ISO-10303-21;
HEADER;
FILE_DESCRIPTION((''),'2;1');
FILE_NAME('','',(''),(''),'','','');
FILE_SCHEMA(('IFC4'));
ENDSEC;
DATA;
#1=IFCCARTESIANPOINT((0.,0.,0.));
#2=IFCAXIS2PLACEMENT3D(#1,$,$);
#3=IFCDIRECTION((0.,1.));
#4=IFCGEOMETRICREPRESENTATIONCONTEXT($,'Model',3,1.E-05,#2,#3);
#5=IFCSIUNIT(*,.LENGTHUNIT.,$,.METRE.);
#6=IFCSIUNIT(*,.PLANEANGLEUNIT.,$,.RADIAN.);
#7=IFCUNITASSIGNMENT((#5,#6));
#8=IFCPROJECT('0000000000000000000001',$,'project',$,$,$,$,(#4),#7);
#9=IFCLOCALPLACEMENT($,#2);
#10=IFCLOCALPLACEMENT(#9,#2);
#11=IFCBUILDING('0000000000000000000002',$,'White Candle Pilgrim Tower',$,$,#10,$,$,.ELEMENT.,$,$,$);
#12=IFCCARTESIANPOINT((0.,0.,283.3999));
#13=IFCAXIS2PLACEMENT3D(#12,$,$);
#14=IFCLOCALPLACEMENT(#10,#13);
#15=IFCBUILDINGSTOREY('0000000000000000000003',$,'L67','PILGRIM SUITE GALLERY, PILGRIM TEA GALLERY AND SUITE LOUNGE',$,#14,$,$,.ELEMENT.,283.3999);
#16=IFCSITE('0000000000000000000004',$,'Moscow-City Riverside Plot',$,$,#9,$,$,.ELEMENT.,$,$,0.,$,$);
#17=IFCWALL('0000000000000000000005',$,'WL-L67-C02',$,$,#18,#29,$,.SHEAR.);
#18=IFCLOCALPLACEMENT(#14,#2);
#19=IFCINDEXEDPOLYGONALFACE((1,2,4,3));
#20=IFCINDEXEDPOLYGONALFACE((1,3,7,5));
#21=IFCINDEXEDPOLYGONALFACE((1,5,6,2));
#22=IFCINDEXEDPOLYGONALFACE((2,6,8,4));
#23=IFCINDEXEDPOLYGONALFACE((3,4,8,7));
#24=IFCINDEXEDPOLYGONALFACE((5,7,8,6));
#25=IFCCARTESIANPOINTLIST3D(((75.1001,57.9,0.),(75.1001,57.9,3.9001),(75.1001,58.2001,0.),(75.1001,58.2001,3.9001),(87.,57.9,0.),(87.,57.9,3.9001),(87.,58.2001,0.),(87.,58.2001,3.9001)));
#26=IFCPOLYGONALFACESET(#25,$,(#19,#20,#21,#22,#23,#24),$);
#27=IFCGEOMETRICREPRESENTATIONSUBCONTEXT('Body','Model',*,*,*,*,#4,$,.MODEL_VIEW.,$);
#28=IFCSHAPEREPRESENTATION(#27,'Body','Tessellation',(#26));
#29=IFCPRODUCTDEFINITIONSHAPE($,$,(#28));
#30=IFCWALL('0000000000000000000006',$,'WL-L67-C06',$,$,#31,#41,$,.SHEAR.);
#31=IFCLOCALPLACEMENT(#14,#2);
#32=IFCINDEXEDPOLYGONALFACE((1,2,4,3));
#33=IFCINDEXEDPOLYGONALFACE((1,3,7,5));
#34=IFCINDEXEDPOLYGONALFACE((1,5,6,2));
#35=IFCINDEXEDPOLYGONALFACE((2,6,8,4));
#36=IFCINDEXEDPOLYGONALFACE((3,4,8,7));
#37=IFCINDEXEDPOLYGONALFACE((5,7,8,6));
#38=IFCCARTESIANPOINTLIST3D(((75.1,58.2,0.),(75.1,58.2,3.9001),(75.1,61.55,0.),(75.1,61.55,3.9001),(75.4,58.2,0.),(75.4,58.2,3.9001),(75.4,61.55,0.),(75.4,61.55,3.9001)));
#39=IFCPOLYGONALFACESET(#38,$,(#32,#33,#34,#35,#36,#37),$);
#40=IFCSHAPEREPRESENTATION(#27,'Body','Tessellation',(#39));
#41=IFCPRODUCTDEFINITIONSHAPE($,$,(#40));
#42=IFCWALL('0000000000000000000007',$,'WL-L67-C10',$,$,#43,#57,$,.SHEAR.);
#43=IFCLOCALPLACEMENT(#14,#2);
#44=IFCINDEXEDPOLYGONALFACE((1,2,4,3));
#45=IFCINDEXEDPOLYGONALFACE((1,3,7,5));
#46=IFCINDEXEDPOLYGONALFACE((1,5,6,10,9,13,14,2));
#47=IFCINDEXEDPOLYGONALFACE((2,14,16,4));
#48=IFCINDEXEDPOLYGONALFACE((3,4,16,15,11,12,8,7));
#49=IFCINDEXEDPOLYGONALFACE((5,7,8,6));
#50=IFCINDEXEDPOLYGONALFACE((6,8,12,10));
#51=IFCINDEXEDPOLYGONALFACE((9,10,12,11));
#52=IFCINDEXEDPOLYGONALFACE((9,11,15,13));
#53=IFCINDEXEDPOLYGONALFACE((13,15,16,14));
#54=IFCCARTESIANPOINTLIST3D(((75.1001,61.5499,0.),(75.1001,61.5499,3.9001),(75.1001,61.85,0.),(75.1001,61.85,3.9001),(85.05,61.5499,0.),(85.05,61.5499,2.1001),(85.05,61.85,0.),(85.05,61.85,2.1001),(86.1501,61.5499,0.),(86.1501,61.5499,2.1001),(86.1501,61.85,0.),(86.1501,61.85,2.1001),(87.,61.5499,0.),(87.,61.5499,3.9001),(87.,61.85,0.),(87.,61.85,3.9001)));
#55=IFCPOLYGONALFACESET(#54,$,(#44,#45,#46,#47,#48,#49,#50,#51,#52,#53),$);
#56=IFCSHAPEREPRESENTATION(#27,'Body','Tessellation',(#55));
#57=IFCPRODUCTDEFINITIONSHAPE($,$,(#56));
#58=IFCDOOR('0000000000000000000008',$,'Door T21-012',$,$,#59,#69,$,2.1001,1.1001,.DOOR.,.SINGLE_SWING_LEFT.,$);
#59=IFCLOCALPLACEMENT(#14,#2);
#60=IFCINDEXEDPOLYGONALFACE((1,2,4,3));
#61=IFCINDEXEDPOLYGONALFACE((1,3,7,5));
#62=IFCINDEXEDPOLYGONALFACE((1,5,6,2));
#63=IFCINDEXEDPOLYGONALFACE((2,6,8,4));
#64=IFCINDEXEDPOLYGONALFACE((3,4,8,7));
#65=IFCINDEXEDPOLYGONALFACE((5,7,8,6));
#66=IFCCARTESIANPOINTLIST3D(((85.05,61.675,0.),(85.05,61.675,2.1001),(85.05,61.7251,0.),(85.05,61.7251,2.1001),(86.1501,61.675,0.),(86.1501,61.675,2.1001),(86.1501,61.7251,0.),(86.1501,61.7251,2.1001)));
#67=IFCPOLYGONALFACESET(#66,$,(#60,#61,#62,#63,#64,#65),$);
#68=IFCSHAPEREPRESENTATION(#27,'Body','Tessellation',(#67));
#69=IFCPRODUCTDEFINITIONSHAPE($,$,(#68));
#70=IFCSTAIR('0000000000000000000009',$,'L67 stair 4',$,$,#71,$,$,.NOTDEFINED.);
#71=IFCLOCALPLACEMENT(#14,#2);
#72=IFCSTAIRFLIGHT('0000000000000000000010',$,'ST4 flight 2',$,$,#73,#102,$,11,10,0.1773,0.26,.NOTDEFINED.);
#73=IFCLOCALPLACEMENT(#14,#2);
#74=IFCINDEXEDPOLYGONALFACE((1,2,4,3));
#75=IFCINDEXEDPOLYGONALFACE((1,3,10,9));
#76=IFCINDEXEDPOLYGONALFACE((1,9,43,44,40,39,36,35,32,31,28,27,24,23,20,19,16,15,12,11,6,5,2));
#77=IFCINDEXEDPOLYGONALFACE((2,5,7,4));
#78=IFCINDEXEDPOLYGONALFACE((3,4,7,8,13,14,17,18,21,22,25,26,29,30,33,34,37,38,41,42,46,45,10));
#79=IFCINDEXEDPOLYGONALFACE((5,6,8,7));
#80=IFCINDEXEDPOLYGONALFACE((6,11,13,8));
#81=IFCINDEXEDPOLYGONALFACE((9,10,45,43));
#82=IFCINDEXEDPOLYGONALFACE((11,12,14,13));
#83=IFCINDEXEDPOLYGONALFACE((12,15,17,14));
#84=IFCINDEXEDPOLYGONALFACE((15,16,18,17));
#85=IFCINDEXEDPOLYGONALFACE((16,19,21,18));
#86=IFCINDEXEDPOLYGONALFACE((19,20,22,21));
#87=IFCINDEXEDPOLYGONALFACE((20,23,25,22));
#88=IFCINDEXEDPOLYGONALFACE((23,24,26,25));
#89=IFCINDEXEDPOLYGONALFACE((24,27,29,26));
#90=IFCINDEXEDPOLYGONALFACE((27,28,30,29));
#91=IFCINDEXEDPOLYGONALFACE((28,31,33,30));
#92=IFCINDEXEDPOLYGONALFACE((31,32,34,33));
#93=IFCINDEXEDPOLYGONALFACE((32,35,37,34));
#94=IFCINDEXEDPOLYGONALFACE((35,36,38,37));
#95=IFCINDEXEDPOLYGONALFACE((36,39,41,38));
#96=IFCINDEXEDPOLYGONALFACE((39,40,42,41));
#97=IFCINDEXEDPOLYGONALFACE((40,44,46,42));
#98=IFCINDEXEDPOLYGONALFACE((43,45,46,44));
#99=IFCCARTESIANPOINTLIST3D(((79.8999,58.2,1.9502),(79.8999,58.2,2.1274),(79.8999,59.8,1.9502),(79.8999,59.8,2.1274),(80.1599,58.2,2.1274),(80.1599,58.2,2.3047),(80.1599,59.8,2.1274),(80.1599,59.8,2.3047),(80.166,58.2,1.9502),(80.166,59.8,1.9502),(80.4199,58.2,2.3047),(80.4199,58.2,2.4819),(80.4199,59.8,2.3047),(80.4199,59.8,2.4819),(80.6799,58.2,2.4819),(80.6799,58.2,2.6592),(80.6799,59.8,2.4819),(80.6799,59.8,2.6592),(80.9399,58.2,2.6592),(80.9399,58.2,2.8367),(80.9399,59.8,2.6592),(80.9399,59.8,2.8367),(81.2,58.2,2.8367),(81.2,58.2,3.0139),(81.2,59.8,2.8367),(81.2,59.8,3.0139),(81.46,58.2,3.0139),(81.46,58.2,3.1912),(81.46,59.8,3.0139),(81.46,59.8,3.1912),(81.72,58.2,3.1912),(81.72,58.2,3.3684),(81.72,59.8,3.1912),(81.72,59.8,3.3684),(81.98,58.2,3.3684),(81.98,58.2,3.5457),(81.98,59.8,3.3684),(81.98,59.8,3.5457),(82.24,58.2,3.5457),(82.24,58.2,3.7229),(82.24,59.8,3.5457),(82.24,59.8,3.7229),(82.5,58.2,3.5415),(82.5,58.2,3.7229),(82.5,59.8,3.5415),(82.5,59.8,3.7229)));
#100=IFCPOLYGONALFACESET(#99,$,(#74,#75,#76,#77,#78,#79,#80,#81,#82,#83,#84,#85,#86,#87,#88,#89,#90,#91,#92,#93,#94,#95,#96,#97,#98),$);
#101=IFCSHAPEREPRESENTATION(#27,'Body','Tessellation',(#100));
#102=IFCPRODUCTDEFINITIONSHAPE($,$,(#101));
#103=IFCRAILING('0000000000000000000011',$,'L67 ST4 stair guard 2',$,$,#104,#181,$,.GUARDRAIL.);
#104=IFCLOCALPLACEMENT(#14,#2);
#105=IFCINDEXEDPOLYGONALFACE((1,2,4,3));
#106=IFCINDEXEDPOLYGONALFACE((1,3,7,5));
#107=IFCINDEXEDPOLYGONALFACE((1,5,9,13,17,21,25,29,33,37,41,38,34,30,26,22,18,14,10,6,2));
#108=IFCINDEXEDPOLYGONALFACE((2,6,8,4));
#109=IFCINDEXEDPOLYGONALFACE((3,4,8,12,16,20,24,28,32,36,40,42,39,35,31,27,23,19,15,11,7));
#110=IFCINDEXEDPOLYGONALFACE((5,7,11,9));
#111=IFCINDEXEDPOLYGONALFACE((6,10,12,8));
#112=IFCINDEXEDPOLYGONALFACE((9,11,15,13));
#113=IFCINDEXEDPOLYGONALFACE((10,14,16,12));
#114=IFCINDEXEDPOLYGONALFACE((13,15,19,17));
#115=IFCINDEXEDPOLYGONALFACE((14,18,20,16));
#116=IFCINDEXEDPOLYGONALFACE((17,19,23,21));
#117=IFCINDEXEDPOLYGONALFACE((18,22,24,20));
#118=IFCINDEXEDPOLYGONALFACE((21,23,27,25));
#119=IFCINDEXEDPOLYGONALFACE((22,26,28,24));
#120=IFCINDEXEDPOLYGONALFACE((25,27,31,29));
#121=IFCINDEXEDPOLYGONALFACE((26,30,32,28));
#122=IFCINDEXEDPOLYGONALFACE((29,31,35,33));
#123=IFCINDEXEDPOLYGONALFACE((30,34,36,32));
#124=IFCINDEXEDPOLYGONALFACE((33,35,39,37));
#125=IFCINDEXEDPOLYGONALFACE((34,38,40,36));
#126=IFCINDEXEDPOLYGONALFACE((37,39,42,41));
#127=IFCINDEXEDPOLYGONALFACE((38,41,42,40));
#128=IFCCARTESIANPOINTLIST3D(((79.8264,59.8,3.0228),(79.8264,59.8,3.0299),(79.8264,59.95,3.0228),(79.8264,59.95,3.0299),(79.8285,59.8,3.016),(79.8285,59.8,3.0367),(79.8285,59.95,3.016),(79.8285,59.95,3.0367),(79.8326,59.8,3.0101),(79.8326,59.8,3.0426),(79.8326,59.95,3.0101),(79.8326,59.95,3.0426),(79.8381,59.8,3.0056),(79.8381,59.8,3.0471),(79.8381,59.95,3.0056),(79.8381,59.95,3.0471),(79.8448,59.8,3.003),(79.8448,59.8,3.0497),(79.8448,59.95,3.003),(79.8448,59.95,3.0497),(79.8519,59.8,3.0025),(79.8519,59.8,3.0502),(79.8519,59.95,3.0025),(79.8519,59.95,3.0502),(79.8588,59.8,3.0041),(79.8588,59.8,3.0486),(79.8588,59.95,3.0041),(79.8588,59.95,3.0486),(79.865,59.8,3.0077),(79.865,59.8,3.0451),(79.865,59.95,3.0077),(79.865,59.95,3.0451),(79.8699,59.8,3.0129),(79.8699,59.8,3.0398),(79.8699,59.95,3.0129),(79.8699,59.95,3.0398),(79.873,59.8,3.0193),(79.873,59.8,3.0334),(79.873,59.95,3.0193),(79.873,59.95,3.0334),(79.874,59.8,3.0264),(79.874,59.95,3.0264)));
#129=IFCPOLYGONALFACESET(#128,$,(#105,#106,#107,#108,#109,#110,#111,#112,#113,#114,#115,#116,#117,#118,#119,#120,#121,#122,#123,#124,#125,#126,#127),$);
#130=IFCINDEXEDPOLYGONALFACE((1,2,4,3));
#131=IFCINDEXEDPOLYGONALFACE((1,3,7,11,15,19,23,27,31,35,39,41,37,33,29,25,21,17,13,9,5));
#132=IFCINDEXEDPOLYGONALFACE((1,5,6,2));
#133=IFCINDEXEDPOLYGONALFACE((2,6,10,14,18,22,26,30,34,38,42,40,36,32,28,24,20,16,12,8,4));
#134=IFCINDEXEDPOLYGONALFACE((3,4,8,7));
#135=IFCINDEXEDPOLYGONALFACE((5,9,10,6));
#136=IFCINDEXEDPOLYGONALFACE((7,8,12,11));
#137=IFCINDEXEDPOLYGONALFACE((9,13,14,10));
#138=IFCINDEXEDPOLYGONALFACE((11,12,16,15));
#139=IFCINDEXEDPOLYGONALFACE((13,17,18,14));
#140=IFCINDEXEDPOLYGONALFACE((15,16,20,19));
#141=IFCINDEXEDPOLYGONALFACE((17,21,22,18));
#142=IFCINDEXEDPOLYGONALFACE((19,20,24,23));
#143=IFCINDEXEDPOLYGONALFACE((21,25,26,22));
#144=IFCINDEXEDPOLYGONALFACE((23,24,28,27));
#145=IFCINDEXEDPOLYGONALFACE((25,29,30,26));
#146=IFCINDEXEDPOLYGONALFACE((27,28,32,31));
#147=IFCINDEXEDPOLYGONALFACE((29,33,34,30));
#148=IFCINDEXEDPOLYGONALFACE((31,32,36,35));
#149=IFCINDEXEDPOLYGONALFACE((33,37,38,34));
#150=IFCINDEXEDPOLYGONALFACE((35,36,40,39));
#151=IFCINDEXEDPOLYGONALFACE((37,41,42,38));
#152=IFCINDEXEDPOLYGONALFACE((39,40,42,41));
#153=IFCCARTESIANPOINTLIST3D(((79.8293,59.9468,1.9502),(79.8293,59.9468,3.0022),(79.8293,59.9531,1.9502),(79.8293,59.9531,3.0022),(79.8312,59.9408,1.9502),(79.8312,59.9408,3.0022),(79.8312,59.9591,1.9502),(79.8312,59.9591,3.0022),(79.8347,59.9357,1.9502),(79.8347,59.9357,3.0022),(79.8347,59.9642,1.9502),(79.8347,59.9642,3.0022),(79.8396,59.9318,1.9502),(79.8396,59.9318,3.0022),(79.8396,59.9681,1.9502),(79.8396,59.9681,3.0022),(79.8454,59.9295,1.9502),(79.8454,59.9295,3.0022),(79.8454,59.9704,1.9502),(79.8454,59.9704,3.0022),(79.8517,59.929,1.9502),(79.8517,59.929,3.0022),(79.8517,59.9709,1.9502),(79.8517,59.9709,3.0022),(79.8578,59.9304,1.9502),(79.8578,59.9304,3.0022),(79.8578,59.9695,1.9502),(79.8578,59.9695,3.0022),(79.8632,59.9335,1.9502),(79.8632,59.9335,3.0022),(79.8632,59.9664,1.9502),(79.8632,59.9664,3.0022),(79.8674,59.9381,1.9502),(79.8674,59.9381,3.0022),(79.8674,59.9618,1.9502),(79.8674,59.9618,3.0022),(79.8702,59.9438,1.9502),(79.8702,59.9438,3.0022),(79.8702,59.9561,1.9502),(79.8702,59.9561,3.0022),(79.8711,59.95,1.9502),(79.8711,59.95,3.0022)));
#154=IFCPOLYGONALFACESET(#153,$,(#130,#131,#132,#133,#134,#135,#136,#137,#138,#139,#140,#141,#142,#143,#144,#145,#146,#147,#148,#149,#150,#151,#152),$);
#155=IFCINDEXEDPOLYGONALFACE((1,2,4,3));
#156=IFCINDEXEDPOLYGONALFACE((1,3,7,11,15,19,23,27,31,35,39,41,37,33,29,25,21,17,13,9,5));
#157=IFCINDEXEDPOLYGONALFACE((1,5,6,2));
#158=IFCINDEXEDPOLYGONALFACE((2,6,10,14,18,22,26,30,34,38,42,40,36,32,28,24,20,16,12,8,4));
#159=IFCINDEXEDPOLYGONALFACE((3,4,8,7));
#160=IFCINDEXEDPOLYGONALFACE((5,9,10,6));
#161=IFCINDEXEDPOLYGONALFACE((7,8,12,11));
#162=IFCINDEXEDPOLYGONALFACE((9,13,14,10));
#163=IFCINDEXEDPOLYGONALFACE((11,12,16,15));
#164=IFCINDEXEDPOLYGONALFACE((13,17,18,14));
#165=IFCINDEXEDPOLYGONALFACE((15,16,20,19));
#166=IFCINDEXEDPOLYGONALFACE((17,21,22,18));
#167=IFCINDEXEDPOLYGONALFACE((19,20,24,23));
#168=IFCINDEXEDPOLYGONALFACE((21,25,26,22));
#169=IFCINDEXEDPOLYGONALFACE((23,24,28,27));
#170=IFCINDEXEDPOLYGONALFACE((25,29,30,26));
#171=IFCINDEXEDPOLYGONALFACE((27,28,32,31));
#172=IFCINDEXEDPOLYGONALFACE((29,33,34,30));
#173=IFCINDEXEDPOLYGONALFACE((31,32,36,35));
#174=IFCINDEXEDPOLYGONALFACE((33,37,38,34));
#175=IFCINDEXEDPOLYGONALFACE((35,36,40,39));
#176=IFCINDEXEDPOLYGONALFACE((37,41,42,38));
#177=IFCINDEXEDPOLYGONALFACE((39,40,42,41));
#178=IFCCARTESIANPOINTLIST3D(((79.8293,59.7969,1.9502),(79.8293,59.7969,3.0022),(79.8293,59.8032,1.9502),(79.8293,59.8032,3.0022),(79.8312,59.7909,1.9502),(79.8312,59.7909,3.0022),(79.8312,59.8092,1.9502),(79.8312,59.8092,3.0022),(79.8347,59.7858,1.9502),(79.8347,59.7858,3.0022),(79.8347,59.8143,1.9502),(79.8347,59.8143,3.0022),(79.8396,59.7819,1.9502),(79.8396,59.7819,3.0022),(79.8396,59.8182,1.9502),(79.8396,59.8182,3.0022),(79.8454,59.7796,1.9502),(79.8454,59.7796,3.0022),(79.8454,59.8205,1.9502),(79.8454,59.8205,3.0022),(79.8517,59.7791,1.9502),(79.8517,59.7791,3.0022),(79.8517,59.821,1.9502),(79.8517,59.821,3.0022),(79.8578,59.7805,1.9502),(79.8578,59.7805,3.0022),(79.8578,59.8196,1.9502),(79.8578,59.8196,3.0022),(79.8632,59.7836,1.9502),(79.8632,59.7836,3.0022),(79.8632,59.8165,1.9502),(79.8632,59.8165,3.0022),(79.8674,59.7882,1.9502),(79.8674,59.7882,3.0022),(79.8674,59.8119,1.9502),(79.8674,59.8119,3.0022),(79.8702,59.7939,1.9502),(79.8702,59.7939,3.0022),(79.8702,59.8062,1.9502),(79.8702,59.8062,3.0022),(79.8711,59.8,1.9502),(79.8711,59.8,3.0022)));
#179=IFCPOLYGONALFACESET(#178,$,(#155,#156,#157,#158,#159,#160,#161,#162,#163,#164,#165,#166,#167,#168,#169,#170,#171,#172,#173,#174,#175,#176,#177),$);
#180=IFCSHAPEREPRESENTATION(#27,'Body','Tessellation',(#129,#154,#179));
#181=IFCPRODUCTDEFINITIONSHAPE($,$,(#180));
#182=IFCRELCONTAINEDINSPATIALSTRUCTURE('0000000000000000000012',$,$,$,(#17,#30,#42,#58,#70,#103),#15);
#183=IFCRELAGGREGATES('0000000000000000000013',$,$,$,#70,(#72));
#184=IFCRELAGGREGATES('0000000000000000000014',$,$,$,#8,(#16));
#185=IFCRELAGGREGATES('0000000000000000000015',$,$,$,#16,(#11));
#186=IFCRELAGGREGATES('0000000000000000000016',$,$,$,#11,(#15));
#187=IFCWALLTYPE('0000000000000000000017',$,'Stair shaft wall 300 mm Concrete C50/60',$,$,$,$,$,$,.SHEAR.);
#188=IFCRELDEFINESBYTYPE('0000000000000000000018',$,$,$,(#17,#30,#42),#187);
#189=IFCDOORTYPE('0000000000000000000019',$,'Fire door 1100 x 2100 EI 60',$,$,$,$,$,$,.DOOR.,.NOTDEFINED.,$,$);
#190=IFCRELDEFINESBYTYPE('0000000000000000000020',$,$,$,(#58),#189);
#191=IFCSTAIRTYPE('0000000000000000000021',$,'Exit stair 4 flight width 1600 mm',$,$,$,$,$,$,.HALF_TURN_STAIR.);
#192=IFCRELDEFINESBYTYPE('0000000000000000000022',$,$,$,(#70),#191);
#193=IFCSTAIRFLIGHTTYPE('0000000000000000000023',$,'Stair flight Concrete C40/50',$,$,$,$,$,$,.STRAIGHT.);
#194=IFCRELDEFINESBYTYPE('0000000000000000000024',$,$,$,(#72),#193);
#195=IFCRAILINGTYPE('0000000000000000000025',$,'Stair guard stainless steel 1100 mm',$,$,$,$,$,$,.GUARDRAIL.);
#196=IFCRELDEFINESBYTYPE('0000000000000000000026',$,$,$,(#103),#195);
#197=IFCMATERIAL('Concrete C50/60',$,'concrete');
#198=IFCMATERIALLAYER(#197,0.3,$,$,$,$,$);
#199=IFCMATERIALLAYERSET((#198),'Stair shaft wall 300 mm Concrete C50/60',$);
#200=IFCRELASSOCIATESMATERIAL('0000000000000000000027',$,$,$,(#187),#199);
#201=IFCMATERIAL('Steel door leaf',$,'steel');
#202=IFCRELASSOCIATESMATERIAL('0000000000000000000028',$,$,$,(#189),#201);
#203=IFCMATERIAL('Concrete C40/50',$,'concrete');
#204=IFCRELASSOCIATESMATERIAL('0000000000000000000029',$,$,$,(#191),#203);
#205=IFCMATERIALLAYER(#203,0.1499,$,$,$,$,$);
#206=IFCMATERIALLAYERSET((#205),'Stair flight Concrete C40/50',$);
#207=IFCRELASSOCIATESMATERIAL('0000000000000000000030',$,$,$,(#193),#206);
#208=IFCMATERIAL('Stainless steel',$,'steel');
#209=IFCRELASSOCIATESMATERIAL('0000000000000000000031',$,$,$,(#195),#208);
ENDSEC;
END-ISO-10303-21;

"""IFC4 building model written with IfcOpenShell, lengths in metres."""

from ifc_helpers import new_model, si_unit, direction, frame, frame_2d, origin, origin_2d, place, context, subcontext, project, spatial, polyline, rectangle, circle, outline, extrude, material, layer, layer_set, type_object, element, fill, aggregate, save


model = new_model("IFC4")

# Units and contexts
model_context = context("Model", 3, precision=1e-05, world=origin(), true_north=direction((0.0, 1.0)))
body_context = subcontext(model_context, "Body", "Model", "MODEL_VIEW")
ifc_project = project(units=[si_unit("LENGTHUNIT", "METRE"), si_unit("PLANEANGLEUNIT", "RADIAN")], contexts=[model_context])

# Site, building, storey
site_placement = place(None, origin())
site = spatial("IfcSite", under=ifc_project, at=site_placement, Name="Moscow-City Riverside Plot", CompositionType="ELEMENT", RefElevation=0.0)
building_placement = place(site_placement, origin())
building = spatial("IfcBuilding", under=site, at=building_placement, Name="White Candle Pilgrim Tower", CompositionType="ELEMENT")
storey_placement = place(building_placement, frame((0.0, 0.0, 283.3999)))
storey = spatial("IfcBuildingStorey", under=building, at=storey_placement, Name="L67", Description="PILGRIM SUITE GALLERY, PILGRIM TEA GALLERY AND SUITE LOUNGE", CompositionType="ELEMENT", Elevation=283.3999)

# Shared definitions
ifc_material_1 = material(Name="Steel door leaf", Category="steel")

# Walls
ifc_material_2 = material(Name="Concrete C50/60", Category="concrete")
ifc_layer_1 = layer(ifc_material_2, 0.3)
ifc_layer_set_1 = layer_set([ifc_layer_1], Name="Stair shaft wall 300 mm Concrete C50/60")
wall_type_1 = type_object("IfcWallType", Name="Stair shaft wall 300 mm Concrete C50/60", PredefinedType="SHEAR", material=ifc_layer_set_1)
wall_1_placement = place(storey_placement, frame((75.1001, 58.05, 0.0), z_axis=(0.0, 0.0, 1.0), x_axis=(1.0, 0.0, 0.0)))
element("IfcWall", 1, at=wall_1_placement, inside=storey, type_object=wall_type_1, Name="WL-L67-C02", PredefinedType="SHEAR", context=body_context, shape_type="SweptSolid", body=[
    extrude(rectangle(XDim=11.8999, YDim=0.3, at=frame_2d((5.95, 0.0))), origin(), (0.0, 0.0, 1.0), 3.9001),
])
wall_2_placement = place(storey_placement, frame((75.25, 58.2, 0.0), z_axis=(0.0, 0.0, 1.0), x_axis=(0.0, 1.0, 0.0)))
element("IfcWall", 2, at=wall_2_placement, inside=storey, type_object=wall_type_1, Name="WL-L67-C06", PredefinedType="SHEAR", context=body_context, shape_type="SweptSolid", body=[
    extrude(rectangle(XDim=3.3501, YDim=0.3, at=frame_2d((1.675, 0.0))), origin(), (0.0, 0.0, 1.0), 3.9001),
])

# Wall, opening, door
wall_3_placement = place(storey_placement, frame((75.1001, 61.7, 0.0), z_axis=(0.0, 0.0, 1.0), x_axis=(1.0, 0.0, 0.0)))
wall_3 = element("IfcWall", 3, at=wall_3_placement, inside=storey, type_object=wall_type_1, Name="WL-L67-C10", PredefinedType="SHEAR", context=body_context, shape_type="SweptSolid", body=[
    extrude(rectangle(XDim=11.8999, YDim=0.3, at=frame_2d((5.95, 0.0))), origin(), (0.0, 0.0, 1.0), 3.9001),
])
opening_1_placement = place(wall_3_placement, frame((9.95, 0.0, 0.0)))
opening_1 = element("IfcOpeningElement", 4, at=opening_1_placement, cuts=wall_3, PredefinedType="OPENING", context=body_context, shape_type="SweptSolid", body=[
    extrude(rectangle(XDim=1.1001, YDim=2.1001, at=frame_2d((0.55, 1.05))), frame((0.0, 0.1599, 0.0), z_axis=(0.0, -1.0, 0.0), x_axis=(1.0, 0.0, 0.0)), (0.0, 0.0, 1.0), 0.3201),
])
door_type_1 = type_object("IfcDoorType", Name="Fire door 1100 x 2100 EI 60", OperationType="NOTDEFINED", PredefinedType="DOOR", material=ifc_material_1)
door_1_placement = place(opening_1_placement, frame((1.1001, 0.0, 0.0), z_axis=(0.0, 0.0, 1.0), x_axis=(-1.0, 0.0, 0.0)))
door_1 = element("IfcDoor", 5, at=door_1_placement, inside=storey, type_object=door_type_1, Name="Door T21-012", OperationType="SINGLE_SWING_LEFT", OverallHeight=2.1001, OverallWidth=1.1001, PredefinedType="DOOR", context=body_context, shape_type="SweptSolid", body=[
    extrude(rectangle(XDim=1.1001, YDim=2.1001, at=frame_2d((0.55, 1.05))), frame((0.0, 0.0249, 0.0), z_axis=(0.0, -1.0, 0.0), x_axis=(1.0, 0.0, 0.0)), (0.0, 0.0, 1.0), 0.05),
])
fill(opening_1, door_1)

# Stair, stair flight
ifc_material_3 = material(Name="Concrete C40/50", Category="concrete")
stair_type = type_object("IfcStairType", Name="Exit stair 4 flight width 1600 mm", PredefinedType="HALF_TURN_STAIR", material=ifc_material_3)
stair_placement = place(storey_placement, origin())
stair = element("IfcStair", 6, at=stair_placement, inside=storey, type_object=stair_type, Name="L67 stair 4", PredefinedType="NOTDEFINED")
ifc_layer_2 = layer(ifc_material_3, 0.1499)
ifc_layer_set_2 = layer_set([ifc_layer_2], Name="Stair flight Concrete C40/50")
stair_flight_type = type_object("IfcStairFlightType", Name="Stair flight Concrete C40/50", PredefinedType="STRAIGHT", material=ifc_layer_set_2)
stair_flight_placement = place(storey_placement, frame((79.8999, 59.0, 1.9502), z_axis=(0.0, 0.0, 1.0), x_axis=(1.0, 0.0, 0.0)))
stair_flight = element("IfcStairFlight", 7, at=stair_flight_placement, type_object=stair_flight_type, Name="ST4 flight 2", NumberOfRisers=11, NumberOfTreads=10, PredefinedType="NOTDEFINED", RiserHeight=0.1773, TreadLength=0.26, context=body_context, shape_type="SweptSolid", body=[
    extrude(outline(polyline([(0.0, 0.0), (0.0, 0.1772), (0.26, 0.1772), (0.26, 0.3545), (0.52, 0.3545), (0.52, 0.5317), (0.78, 0.5317), (0.78, 0.709), (1.04, 0.709), (1.04, 0.8865), (1.3, 0.8865), (1.3, 1.0637), (1.5601, 1.0637), (1.5601, 1.241), (1.8201, 1.241), (1.8201, 1.4182), (2.0801, 1.4182), (2.0801, 1.5955), (2.3401, 1.5955), (2.3401, 1.7727), (2.6001, 1.7727), (2.6001, 1.95), (2.6001, 1.5913), (0.2661, 0.0), (0.0, 0.0)])), frame((0.0, 0.8, 0.0), z_axis=(0.0, -1.0, 0.0), x_axis=(1.0, 0.0, 0.0)), (0.0, 0.0, 1.0), 1.6001),
])
aggregate(stair, [stair_flight])

# Railing
ifc_material_4 = material(Name="Stainless steel", Category="steel")
railing_type_1 = type_object("IfcRailingType", Name="Stair guard stainless steel 1100 mm", PredefinedType="GUARDRAIL", material=ifc_material_4)
railing_1_placement = place(storey_placement, frame((79.8501, 59.95, 1.9502)))
element("IfcRailing", 8, at=railing_1_placement, inside=storey, type_object=railing_type_1, Name="L67 ST4 stair guard 2", PredefinedType="GUARDRAIL", context=body_context, shape_type="SweptSolid", body=[
    extrude(circle(Radius=0.0239, at=origin_2d()), frame((0.0, 0.0, 1.0762), z_axis=(0.0, -1.0, 0.0), x_axis=(1.0, 0.0, 0.0)), (0.0, 0.0, 1.0), 0.1499),
    extrude(circle(Radius=0.021, at=origin_2d()), origin(), (0.0, 0.0, 1.0), 1.052),
    extrude(circle(Radius=0.021, at=origin_2d()), frame((0.0, -0.1499, 0.0)), (0.0, 0.0, 1.0), 1.052),
])

save(model, "model.ifc")
